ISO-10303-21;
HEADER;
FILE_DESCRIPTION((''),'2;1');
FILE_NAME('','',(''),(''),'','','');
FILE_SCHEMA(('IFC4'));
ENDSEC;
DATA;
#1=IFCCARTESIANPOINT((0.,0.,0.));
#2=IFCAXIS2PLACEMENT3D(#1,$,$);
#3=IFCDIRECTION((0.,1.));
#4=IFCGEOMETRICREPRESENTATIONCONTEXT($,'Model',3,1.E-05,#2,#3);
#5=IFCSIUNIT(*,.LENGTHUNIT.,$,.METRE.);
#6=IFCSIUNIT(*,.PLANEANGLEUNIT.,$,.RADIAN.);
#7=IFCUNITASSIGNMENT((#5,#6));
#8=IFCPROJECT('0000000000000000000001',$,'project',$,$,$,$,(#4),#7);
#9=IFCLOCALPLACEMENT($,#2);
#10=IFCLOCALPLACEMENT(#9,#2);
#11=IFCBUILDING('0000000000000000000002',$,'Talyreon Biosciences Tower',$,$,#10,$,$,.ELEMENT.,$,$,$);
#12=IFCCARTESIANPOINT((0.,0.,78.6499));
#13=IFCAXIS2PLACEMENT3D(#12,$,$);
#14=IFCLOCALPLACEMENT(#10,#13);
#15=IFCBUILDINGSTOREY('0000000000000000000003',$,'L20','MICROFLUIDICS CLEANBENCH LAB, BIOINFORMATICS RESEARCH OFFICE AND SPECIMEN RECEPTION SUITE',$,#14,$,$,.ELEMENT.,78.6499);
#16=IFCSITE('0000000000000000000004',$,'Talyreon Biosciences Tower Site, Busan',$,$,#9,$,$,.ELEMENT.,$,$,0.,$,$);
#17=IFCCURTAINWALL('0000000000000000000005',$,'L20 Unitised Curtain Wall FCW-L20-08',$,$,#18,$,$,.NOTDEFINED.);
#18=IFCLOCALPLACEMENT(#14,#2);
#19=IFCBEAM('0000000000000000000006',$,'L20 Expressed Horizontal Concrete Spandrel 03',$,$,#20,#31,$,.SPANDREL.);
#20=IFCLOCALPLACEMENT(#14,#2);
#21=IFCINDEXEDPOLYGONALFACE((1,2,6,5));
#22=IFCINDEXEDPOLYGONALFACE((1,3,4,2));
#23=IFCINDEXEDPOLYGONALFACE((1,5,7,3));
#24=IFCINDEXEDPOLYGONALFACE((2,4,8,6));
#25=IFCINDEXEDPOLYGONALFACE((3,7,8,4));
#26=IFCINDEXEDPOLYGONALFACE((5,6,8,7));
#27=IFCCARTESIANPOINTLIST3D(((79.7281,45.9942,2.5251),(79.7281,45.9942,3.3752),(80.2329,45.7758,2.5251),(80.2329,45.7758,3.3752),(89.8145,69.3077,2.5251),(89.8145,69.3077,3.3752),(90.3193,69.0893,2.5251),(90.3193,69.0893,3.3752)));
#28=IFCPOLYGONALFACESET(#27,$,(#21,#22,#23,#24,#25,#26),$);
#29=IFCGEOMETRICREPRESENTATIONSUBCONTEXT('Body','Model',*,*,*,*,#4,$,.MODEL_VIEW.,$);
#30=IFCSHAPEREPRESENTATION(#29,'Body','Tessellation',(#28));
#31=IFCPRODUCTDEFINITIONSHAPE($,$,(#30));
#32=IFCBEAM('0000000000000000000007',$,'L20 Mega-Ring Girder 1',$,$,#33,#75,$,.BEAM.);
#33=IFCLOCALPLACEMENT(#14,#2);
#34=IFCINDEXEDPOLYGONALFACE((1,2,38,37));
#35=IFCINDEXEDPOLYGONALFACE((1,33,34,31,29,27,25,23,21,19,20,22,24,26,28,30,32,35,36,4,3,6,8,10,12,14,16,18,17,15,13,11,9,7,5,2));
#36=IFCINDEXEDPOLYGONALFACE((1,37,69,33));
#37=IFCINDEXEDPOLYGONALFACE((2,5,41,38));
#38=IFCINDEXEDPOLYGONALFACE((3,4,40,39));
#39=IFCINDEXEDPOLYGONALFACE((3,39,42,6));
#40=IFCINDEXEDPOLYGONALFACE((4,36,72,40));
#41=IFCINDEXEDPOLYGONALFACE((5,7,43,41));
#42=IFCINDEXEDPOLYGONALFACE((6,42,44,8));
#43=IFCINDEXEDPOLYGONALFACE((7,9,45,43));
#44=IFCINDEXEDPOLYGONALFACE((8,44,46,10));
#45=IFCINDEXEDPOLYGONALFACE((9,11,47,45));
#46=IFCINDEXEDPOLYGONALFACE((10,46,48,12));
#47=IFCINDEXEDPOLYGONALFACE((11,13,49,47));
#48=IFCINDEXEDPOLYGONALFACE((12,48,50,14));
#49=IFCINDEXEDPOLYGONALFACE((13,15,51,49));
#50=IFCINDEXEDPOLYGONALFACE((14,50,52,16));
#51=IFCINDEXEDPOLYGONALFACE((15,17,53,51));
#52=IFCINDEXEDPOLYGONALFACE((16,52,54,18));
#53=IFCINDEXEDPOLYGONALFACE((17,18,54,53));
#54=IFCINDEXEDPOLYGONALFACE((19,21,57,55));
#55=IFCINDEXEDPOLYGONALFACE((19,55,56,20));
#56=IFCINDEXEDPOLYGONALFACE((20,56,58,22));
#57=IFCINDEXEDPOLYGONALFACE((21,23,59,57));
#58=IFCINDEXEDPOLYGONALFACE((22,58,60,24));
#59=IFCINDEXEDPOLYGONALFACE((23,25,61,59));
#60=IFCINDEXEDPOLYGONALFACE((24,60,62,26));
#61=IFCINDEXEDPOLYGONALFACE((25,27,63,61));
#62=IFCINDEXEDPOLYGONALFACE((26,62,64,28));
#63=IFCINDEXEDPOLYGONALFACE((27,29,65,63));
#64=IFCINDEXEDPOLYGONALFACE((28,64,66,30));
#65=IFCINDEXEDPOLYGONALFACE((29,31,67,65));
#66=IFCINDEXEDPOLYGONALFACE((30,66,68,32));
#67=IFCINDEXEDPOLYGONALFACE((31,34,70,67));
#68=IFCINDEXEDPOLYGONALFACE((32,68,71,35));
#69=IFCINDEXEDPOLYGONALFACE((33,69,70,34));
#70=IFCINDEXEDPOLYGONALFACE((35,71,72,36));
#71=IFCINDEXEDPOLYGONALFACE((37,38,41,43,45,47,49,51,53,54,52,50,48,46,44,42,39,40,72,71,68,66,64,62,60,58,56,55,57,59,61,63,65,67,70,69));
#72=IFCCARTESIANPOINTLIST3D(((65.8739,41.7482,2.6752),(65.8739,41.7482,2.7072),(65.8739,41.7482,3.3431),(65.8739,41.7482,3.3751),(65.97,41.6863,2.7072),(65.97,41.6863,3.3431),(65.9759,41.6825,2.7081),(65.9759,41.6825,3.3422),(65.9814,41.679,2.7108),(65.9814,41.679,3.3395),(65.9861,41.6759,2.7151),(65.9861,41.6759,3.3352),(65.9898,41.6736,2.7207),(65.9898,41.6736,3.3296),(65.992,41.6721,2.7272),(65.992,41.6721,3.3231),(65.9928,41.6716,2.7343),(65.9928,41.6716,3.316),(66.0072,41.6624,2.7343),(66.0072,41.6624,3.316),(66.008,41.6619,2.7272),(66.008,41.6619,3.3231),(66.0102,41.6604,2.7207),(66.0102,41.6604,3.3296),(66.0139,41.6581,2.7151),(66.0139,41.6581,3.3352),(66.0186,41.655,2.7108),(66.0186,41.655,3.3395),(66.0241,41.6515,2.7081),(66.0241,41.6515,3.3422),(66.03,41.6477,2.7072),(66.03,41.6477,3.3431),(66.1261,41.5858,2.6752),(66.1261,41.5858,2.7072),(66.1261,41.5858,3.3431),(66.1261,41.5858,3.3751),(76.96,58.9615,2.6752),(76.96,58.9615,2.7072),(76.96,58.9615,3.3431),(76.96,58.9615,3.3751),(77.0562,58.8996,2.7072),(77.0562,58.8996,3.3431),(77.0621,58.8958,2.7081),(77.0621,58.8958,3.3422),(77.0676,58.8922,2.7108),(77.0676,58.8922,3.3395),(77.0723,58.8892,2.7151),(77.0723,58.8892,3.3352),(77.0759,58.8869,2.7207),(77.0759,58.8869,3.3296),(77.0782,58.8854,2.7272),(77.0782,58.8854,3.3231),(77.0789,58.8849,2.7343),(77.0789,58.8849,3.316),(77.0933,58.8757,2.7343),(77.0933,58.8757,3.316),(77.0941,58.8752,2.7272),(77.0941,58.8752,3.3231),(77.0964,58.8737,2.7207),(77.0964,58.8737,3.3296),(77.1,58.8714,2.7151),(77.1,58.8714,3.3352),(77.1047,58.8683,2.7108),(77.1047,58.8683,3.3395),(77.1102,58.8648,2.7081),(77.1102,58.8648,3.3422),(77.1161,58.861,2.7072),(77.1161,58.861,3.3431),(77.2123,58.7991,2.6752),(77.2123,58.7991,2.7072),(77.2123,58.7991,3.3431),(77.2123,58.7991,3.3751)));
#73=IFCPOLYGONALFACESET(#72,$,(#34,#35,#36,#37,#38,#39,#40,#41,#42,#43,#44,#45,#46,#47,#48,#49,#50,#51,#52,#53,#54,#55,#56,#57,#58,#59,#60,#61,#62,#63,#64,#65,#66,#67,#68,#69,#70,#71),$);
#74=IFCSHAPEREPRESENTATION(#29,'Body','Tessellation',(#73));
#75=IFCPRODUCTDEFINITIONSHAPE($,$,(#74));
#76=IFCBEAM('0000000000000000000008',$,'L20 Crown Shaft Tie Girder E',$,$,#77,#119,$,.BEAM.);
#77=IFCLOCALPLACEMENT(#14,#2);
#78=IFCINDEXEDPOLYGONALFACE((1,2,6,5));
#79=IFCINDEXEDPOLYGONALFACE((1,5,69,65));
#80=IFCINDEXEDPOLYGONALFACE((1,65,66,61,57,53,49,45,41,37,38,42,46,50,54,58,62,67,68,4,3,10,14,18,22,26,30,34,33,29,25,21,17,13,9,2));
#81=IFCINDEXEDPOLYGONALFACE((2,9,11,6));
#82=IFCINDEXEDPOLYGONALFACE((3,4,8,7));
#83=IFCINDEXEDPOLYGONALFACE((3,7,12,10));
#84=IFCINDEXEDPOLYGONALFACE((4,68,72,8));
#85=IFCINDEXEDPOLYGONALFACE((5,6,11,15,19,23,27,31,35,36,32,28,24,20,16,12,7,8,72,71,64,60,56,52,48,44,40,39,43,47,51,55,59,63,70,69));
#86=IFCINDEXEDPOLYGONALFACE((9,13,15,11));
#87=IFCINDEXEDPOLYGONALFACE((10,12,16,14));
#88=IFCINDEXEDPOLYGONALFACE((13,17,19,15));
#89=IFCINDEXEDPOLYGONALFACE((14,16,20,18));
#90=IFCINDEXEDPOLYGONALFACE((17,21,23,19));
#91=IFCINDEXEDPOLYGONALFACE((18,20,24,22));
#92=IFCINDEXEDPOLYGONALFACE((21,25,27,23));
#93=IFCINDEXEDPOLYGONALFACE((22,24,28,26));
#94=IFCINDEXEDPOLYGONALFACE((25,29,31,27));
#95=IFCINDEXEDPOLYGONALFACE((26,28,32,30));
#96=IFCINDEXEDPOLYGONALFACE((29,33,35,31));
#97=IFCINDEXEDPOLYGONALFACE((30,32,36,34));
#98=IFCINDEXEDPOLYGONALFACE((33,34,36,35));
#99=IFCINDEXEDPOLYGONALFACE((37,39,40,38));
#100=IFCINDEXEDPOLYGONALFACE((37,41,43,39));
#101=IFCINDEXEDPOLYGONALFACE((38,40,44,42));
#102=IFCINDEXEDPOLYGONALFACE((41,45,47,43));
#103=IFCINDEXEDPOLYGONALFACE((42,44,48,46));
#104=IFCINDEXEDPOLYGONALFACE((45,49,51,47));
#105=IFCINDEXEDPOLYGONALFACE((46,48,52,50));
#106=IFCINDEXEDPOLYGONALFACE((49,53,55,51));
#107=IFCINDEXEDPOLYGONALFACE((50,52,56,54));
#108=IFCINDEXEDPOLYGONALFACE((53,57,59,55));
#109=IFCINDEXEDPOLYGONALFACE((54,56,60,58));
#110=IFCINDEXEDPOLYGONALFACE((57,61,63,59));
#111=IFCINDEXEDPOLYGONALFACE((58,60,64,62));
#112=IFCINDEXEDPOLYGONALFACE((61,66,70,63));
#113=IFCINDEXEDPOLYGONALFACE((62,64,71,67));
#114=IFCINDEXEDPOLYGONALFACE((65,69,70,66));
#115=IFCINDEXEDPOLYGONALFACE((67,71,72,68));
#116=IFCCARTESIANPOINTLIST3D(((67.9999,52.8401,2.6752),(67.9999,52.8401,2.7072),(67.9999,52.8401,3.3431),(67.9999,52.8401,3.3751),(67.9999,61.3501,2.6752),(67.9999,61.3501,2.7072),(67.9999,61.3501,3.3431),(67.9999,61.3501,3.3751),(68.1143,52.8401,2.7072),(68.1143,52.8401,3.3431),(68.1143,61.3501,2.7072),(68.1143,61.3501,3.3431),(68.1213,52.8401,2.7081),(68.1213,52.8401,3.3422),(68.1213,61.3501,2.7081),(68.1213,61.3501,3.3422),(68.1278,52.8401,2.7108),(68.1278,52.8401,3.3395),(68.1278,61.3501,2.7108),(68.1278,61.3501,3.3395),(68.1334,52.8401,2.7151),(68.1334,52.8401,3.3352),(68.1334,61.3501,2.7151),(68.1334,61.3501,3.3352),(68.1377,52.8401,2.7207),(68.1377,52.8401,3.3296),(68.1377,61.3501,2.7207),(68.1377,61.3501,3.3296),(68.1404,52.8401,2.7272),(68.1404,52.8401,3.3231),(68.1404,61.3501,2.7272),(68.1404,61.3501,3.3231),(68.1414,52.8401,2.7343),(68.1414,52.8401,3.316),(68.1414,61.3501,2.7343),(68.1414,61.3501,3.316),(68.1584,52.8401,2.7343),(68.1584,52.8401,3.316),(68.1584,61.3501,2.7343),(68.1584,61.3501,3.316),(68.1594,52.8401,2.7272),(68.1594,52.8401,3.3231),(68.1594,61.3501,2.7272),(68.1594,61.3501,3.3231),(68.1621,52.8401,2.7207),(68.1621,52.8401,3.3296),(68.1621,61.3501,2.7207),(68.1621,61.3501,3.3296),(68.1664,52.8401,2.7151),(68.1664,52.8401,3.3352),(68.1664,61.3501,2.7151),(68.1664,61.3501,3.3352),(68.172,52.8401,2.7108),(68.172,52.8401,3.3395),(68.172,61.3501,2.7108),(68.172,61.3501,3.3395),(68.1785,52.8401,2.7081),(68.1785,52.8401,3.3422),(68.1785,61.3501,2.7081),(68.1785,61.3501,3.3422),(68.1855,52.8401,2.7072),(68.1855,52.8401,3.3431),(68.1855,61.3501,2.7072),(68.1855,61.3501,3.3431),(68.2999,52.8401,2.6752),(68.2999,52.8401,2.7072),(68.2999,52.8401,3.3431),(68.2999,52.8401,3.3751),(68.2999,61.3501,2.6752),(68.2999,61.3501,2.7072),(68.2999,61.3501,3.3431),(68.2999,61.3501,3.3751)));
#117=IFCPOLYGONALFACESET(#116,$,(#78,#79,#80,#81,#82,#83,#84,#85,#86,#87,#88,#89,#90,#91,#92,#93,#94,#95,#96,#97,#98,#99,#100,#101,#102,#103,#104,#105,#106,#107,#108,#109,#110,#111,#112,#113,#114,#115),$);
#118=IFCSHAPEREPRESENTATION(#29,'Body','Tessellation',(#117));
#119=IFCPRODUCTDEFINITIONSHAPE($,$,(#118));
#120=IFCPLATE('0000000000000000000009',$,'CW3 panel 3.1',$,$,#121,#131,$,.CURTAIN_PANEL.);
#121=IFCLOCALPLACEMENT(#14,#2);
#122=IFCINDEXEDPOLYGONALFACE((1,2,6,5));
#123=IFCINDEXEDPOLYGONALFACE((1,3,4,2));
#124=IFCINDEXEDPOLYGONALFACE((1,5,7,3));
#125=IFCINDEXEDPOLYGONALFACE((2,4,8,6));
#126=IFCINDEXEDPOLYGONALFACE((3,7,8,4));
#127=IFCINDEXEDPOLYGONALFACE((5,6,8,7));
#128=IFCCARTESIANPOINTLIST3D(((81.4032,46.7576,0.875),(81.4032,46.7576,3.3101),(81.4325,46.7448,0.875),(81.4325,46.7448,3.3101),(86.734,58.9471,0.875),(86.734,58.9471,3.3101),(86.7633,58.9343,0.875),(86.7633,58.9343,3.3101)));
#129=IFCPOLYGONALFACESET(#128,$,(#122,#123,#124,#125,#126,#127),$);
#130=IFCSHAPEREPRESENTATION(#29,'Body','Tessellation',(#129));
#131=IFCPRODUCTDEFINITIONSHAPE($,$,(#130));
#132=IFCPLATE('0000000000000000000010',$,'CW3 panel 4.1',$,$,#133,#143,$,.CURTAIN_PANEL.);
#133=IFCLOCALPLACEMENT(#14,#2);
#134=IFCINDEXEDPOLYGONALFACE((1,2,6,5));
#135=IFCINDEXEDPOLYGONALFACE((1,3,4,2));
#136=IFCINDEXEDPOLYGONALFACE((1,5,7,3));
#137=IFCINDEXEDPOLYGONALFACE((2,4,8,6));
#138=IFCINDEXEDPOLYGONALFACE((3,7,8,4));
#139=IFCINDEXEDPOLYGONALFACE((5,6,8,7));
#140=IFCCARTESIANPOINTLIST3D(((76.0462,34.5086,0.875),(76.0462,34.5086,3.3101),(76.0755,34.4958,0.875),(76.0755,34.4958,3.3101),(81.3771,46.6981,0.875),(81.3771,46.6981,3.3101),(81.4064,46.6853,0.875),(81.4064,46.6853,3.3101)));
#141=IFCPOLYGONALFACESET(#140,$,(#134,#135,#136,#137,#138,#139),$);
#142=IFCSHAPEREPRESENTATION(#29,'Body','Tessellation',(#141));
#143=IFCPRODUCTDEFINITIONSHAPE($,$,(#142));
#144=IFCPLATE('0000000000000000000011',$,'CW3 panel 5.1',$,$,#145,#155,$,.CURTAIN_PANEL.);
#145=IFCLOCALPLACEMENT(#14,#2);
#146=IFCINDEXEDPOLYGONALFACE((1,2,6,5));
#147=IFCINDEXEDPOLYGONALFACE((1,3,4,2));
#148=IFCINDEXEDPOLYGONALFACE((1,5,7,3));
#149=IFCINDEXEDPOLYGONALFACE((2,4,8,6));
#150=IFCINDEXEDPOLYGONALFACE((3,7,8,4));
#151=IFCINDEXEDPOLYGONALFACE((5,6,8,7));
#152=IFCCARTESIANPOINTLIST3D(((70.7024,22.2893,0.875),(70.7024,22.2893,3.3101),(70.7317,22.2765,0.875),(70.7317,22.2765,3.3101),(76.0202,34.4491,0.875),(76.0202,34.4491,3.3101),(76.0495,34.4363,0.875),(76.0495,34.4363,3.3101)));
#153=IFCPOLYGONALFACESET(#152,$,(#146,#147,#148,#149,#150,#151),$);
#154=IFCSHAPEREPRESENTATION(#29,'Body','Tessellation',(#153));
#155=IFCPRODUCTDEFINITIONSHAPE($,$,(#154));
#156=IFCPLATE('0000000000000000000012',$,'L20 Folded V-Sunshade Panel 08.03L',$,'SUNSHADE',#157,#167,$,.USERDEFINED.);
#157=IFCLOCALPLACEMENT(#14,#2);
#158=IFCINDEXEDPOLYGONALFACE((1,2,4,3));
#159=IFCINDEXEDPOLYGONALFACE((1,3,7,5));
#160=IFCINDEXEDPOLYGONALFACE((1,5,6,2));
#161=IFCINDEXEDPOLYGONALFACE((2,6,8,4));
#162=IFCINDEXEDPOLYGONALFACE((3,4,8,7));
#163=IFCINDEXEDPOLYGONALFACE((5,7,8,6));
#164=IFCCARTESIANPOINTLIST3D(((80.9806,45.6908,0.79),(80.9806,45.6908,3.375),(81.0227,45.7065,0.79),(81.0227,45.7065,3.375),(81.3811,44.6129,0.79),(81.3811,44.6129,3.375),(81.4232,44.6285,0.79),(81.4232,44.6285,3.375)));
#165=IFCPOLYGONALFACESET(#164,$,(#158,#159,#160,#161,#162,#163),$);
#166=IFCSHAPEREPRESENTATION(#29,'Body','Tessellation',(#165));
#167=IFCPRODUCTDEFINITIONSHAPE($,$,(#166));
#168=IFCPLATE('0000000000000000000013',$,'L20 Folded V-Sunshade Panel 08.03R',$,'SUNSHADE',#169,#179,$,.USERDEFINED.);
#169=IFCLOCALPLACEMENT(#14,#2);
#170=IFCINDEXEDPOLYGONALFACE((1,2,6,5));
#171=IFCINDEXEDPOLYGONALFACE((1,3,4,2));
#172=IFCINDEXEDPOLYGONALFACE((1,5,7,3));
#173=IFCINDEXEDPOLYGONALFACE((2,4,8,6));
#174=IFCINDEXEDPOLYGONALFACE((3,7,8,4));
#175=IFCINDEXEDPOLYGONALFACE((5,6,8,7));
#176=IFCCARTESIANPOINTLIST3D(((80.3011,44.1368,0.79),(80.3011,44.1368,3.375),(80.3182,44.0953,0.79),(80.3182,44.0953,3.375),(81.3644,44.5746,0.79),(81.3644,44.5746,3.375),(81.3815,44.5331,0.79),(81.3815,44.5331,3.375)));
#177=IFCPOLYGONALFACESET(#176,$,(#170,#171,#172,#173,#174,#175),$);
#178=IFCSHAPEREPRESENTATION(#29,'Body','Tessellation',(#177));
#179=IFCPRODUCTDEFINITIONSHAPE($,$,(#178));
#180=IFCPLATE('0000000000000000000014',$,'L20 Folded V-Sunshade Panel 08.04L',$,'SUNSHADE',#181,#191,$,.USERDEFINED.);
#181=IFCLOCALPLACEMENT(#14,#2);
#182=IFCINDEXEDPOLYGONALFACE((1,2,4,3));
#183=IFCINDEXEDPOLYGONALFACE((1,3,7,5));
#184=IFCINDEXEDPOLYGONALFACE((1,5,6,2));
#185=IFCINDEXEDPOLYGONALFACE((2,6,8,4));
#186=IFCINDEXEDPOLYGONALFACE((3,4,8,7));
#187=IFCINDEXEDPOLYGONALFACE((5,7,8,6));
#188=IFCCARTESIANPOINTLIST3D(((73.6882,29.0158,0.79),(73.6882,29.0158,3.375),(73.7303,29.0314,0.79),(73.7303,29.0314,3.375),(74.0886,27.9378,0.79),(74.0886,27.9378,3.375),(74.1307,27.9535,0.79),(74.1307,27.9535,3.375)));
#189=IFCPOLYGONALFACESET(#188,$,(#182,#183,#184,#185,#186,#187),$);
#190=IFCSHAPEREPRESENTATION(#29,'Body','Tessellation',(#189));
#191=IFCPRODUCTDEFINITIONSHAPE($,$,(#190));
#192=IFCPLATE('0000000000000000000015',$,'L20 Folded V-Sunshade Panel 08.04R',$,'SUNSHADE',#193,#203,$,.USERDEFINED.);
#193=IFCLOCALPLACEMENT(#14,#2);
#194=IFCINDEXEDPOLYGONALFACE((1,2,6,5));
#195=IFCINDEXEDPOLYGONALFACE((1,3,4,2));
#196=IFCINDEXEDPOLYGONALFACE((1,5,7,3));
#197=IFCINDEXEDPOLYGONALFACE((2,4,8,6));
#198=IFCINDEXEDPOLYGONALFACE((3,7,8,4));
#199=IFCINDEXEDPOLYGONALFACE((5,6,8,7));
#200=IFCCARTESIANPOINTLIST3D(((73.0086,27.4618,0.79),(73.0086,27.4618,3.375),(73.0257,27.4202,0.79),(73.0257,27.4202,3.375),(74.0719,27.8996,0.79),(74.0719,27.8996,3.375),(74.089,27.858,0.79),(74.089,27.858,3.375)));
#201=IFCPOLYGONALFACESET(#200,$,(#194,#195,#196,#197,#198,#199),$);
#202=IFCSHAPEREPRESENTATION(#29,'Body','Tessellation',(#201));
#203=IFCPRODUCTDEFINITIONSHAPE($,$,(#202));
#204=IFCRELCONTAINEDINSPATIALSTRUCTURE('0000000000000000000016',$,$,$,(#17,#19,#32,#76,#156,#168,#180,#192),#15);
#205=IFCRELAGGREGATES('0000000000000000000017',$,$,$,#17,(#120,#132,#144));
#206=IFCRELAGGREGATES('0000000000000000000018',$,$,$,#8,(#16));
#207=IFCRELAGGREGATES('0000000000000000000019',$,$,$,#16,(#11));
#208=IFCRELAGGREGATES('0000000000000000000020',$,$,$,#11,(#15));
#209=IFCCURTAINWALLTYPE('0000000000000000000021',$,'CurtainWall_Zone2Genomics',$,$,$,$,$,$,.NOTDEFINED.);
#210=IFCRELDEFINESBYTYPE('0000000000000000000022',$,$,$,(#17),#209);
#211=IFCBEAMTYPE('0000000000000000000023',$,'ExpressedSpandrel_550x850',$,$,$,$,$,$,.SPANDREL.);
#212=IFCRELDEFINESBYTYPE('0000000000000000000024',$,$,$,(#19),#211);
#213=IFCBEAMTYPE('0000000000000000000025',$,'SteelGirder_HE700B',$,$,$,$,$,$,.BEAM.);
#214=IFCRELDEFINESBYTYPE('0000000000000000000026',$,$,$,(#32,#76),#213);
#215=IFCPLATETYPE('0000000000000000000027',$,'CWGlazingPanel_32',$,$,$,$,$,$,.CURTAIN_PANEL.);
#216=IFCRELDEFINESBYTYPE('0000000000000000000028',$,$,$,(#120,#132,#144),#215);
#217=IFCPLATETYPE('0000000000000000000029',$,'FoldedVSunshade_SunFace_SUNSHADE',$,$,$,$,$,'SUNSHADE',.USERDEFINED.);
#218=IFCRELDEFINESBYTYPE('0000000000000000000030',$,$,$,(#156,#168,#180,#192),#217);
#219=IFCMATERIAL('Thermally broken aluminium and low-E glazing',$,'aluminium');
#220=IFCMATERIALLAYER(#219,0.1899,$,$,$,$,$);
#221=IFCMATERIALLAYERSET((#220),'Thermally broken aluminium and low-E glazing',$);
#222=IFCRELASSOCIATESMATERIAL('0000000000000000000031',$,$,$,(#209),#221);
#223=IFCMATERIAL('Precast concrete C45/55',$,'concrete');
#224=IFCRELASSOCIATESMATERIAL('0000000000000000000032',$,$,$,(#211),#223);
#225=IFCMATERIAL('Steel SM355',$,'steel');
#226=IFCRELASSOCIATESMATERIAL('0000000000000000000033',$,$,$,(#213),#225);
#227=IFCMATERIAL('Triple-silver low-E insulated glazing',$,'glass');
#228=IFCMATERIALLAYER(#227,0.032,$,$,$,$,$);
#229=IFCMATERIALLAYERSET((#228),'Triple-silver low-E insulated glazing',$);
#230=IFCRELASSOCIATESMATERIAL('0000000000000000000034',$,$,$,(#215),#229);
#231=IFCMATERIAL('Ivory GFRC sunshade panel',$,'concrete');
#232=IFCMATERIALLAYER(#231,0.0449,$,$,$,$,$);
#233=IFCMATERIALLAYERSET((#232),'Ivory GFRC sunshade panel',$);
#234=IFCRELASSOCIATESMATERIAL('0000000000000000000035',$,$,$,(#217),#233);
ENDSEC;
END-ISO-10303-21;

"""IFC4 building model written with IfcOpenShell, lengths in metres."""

from ifc_helpers import new_model, si_unit, direction, frame, origin, origin_2d, place, context, subcontext, project, spatial, rectangle, i_section, extrude, material, layer, layer_set, material_profile, profile_set, type_object, element, aggregate, save


model = new_model("IFC4")

# Units and contexts
model_context = context("Model", 3, precision=1e-05, world=origin(), true_north=direction((0.0, 1.0)))
body_context = subcontext(model_context, "Body", "Model", "MODEL_VIEW")
ifc_project = project(units=[si_unit("LENGTHUNIT", "METRE"), si_unit("PLANEANGLEUNIT", "RADIAN")], contexts=[model_context])

# Site, building, storey
site_placement = place(None, origin())
site = spatial("IfcSite", under=ifc_project, at=site_placement, Name="Talyreon Biosciences Tower Site, Busan", CompositionType="ELEMENT", RefElevation=0.0)
building_placement = place(site_placement, origin())
building = spatial("IfcBuilding", under=site, at=building_placement, Name="Talyreon Biosciences Tower", CompositionType="ELEMENT")
storey_placement = place(building_placement, frame((0.0, 0.0, 78.6499)))
storey = spatial("IfcBuildingStorey", under=building, at=storey_placement, Name="L20", Description="MICROFLUIDICS CLEANBENCH LAB, BIOINFORMATICS RESEARCH OFFICE AND SPECIMEN RECEPTION SUITE", CompositionType="ELEMENT", Elevation=78.6499)

# Shared definitions
ifc_material_1 = material(Name="Precast concrete C45/55", Category="concrete")

# Curtain wall
ifc_material_2 = material(Name="Thermally broken aluminium and low-E glazing", Category="aluminium")
ifc_layer_1 = layer(ifc_material_2, 0.1899)
ifc_layer_set_1 = layer_set([ifc_layer_1], Name="Thermally broken aluminium and low-E glazing")
curtain_wall_type = type_object("IfcCurtainWallType", Name="CurtainWall_Zone2Genomics", PredefinedType="NOTDEFINED", material=ifc_layer_set_1)
curtain_wall_placement = place(storey_placement, origin())
curtain_wall = element("IfcCurtainWall", 1, at=curtain_wall_placement, inside=storey, type_object=curtain_wall_type, Name="L20 Unitised Curtain Wall FCW-L20-08", PredefinedType="NOTDEFINED")

# Beams
ifc_material_profile_1 = material_profile(ifc_material_1, rectangle(XDim=0.55, YDim=0.8501, at=origin_2d()), Name="RCB 550x850")
ifc_profile_set_1 = profile_set([ifc_material_profile_1], Name="Precast concrete C45/55")
beam_type_1 = type_object("IfcBeamType", Name="ExpressedSpandrel_550x850", PredefinedType="SPANDREL", material=ifc_profile_set_1)
beam_1_placement = place(storey_placement, frame((79.9805, 45.885, 2.9502), z_axis=(0.397074, 0.917786, 0.0), x_axis=(-0.917786, 0.397074, 0.0)))
element("IfcBeam", 2, at=beam_1_placement, inside=storey, type_object=beam_type_1, Name="L20 Expressed Horizontal Concrete Spandrel 03", PredefinedType="SPANDREL", context=body_context, shape_type="SweptSolid", body=[
    extrude(rectangle(XDim=0.55, YDim=0.8501, at=origin_2d()), origin(), (0.0, 0.0, 1.0), 25.4019),
])
ifc_material_3 = material(Name="Steel SM355", Category="steel")
ifc_material_profile_2 = material_profile(ifc_material_3, i_section(OverallWidth=0.3, OverallDepth=0.7, WebThickness=0.0171, FlangeThickness=0.032, FilletRadius=0.0271, at=origin_2d()), Name="HE700B")
ifc_profile_set_2 = profile_set([ifc_material_profile_2], Name="Steel SM355")
beam_type_2 = type_object("IfcBeamType", Name="SteelGirder_HE700B", PredefinedType="BEAM", material=ifc_profile_set_2)
beam_2_placement = place(storey_placement, frame((66.0, 41.667, 3.0251), z_axis=(0.541464, 0.840724, 0.0), x_axis=(-0.840724, 0.541464, 0.0)))
element("IfcBeam", 3, at=beam_2_placement, inside=storey, type_object=beam_type_2, Name="L20 Mega-Ring Girder 1", PredefinedType="BEAM", context=body_context, shape_type="SweptSolid", body=[
    extrude(i_section(OverallWidth=0.3, OverallDepth=0.7, WebThickness=0.0171, FlangeThickness=0.032, FilletRadius=0.0271, at=origin_2d()), origin(), (0.0, 0.0, 1.0), 20.4744),
])
beam_3_placement = place(storey_placement, frame((68.1499, 52.8401, 3.0251), z_axis=(0.0, 1.0, 0.0), x_axis=(-1.0, 0.0, 0.0)))
element("IfcBeam", 4, at=beam_3_placement, inside=storey, type_object=beam_type_2, Name="L20 Crown Shaft Tie Girder E", PredefinedType="BEAM", context=body_context, shape_type="SweptSolid", body=[
    extrude(i_section(OverallWidth=0.3, OverallDepth=0.7, WebThickness=0.0171, FlangeThickness=0.032, FilletRadius=0.0271, at=origin_2d()), origin(), (0.0, 0.0, 1.0), 8.51),
])

# Plates
ifc_material_4 = material(Name="Triple-silver low-E insulated glazing", Category="glass")
ifc_layer_2 = layer(ifc_material_4, 0.032)
ifc_layer_set_2 = layer_set([ifc_layer_2], Name="Triple-silver low-E insulated glazing")
plate_type_1 = type_object("IfcPlateType", Name="CWGlazingPanel_32", PredefinedType="CURTAIN_PANEL", material=ifc_layer_set_2)
plate_1_placement = place(storey_placement, frame((84.0833, 52.8459, 0.875), z_axis=(0.0, 0.0, 1.0), x_axis=(-0.400689, -0.916214, 0.0)))
plate_1 = element("IfcPlate", 5, at=plate_1_placement, type_object=plate_type_1, Name="CW3 panel 3.1", PredefinedType="CURTAIN_PANEL", context=body_context, shape_type="SweptSolid", body=[
    extrude(rectangle(XDim=13.3042, YDim=0.032, at=origin_2d()), origin(), (0.0, 0.0, 1.0), 2.4351),
])
plate_2_placement = place(storey_placement, frame((78.7263, 40.5969, 0.875), z_axis=(0.0, 0.0, 1.0), x_axis=(-0.400689, -0.916214, 0.0)))
plate_2 = element("IfcPlate", 6, at=plate_2_placement, type_object=plate_type_1, Name="CW3 panel 4.1", PredefinedType="CURTAIN_PANEL", context=body_context, shape_type="SweptSolid", body=[
    extrude(rectangle(XDim=13.3042, YDim=0.032, at=origin_2d()), origin(), (0.0, 0.0, 1.0), 2.4351),
])
plate_3_placement = place(storey_placement, frame((73.376, 28.3628, 0.875), z_axis=(0.0, 0.0, 1.0), x_axis=(-0.400689, -0.916214, 0.0)))
plate_3 = element("IfcPlate", 7, at=plate_3_placement, type_object=plate_type_1, Name="CW3 panel 5.1", PredefinedType="CURTAIN_PANEL", context=body_context, shape_type="SweptSolid", body=[
    extrude(rectangle(XDim=13.2717, YDim=0.032, at=origin_2d()), origin(), (0.0, 0.0, 1.0), 2.4351),
])
aggregate(curtain_wall, [plate_1, plate_2, plate_3])

# Plates
ifc_material_5 = material(Name="Ivory GFRC sunshade panel", Category="concrete")
ifc_layer_3 = layer(ifc_material_5, 0.0449)
ifc_layer_set_3 = layer_set([ifc_layer_3], Name="Ivory GFRC sunshade panel")
plate_type_2 = type_object("IfcPlateType", Name="FoldedVSunshade_SunFace_SUNSHADE", ElementType="SUNSHADE", PredefinedType="USERDEFINED", material=ifc_layer_set_3)
for number, where, z_axis, x_axis, name in (
    (8, (81.2019, 45.1597, 0.79), (0.0, 0.0, 1.0), (0.348228, -0.93741, 0.0), "L20 Folded V-Sunshade Panel 08.03L"),
    (9, (80.8413, 44.335, 0.79), (0.0, 0.0, 1.0), (-0.924686, -0.380731, 0.0), "L20 Folded V-Sunshade Panel 08.03R"),
    (10, (73.9094, 28.4846, 0.79), (0.0, 0.0, 1.0), (0.348228, -0.93741, 0.0), "L20 Folded V-Sunshade Panel 08.04L"),
    (11, (73.5488, 27.6599, 0.79), (0.0, 0.0, 1.0), (-0.924686, -0.380731, 0.0), "L20 Folded V-Sunshade Panel 08.04R"),
):
    element("IfcPlate", number, at=place(storey_placement, frame(where, z_axis=z_axis, x_axis=x_axis)), inside=storey, type_object=plate_type_2, Name=name, ObjectType="SUNSHADE", PredefinedType="USERDEFINED", context=body_context, shape_type="SweptSolid", body=[
        extrude(rectangle(XDim=1.1499, YDim=0.0449, at=origin_2d()), origin(), (0.0, 0.0, 1.0), 2.585),
    ])

save(model, "model.ifc")
